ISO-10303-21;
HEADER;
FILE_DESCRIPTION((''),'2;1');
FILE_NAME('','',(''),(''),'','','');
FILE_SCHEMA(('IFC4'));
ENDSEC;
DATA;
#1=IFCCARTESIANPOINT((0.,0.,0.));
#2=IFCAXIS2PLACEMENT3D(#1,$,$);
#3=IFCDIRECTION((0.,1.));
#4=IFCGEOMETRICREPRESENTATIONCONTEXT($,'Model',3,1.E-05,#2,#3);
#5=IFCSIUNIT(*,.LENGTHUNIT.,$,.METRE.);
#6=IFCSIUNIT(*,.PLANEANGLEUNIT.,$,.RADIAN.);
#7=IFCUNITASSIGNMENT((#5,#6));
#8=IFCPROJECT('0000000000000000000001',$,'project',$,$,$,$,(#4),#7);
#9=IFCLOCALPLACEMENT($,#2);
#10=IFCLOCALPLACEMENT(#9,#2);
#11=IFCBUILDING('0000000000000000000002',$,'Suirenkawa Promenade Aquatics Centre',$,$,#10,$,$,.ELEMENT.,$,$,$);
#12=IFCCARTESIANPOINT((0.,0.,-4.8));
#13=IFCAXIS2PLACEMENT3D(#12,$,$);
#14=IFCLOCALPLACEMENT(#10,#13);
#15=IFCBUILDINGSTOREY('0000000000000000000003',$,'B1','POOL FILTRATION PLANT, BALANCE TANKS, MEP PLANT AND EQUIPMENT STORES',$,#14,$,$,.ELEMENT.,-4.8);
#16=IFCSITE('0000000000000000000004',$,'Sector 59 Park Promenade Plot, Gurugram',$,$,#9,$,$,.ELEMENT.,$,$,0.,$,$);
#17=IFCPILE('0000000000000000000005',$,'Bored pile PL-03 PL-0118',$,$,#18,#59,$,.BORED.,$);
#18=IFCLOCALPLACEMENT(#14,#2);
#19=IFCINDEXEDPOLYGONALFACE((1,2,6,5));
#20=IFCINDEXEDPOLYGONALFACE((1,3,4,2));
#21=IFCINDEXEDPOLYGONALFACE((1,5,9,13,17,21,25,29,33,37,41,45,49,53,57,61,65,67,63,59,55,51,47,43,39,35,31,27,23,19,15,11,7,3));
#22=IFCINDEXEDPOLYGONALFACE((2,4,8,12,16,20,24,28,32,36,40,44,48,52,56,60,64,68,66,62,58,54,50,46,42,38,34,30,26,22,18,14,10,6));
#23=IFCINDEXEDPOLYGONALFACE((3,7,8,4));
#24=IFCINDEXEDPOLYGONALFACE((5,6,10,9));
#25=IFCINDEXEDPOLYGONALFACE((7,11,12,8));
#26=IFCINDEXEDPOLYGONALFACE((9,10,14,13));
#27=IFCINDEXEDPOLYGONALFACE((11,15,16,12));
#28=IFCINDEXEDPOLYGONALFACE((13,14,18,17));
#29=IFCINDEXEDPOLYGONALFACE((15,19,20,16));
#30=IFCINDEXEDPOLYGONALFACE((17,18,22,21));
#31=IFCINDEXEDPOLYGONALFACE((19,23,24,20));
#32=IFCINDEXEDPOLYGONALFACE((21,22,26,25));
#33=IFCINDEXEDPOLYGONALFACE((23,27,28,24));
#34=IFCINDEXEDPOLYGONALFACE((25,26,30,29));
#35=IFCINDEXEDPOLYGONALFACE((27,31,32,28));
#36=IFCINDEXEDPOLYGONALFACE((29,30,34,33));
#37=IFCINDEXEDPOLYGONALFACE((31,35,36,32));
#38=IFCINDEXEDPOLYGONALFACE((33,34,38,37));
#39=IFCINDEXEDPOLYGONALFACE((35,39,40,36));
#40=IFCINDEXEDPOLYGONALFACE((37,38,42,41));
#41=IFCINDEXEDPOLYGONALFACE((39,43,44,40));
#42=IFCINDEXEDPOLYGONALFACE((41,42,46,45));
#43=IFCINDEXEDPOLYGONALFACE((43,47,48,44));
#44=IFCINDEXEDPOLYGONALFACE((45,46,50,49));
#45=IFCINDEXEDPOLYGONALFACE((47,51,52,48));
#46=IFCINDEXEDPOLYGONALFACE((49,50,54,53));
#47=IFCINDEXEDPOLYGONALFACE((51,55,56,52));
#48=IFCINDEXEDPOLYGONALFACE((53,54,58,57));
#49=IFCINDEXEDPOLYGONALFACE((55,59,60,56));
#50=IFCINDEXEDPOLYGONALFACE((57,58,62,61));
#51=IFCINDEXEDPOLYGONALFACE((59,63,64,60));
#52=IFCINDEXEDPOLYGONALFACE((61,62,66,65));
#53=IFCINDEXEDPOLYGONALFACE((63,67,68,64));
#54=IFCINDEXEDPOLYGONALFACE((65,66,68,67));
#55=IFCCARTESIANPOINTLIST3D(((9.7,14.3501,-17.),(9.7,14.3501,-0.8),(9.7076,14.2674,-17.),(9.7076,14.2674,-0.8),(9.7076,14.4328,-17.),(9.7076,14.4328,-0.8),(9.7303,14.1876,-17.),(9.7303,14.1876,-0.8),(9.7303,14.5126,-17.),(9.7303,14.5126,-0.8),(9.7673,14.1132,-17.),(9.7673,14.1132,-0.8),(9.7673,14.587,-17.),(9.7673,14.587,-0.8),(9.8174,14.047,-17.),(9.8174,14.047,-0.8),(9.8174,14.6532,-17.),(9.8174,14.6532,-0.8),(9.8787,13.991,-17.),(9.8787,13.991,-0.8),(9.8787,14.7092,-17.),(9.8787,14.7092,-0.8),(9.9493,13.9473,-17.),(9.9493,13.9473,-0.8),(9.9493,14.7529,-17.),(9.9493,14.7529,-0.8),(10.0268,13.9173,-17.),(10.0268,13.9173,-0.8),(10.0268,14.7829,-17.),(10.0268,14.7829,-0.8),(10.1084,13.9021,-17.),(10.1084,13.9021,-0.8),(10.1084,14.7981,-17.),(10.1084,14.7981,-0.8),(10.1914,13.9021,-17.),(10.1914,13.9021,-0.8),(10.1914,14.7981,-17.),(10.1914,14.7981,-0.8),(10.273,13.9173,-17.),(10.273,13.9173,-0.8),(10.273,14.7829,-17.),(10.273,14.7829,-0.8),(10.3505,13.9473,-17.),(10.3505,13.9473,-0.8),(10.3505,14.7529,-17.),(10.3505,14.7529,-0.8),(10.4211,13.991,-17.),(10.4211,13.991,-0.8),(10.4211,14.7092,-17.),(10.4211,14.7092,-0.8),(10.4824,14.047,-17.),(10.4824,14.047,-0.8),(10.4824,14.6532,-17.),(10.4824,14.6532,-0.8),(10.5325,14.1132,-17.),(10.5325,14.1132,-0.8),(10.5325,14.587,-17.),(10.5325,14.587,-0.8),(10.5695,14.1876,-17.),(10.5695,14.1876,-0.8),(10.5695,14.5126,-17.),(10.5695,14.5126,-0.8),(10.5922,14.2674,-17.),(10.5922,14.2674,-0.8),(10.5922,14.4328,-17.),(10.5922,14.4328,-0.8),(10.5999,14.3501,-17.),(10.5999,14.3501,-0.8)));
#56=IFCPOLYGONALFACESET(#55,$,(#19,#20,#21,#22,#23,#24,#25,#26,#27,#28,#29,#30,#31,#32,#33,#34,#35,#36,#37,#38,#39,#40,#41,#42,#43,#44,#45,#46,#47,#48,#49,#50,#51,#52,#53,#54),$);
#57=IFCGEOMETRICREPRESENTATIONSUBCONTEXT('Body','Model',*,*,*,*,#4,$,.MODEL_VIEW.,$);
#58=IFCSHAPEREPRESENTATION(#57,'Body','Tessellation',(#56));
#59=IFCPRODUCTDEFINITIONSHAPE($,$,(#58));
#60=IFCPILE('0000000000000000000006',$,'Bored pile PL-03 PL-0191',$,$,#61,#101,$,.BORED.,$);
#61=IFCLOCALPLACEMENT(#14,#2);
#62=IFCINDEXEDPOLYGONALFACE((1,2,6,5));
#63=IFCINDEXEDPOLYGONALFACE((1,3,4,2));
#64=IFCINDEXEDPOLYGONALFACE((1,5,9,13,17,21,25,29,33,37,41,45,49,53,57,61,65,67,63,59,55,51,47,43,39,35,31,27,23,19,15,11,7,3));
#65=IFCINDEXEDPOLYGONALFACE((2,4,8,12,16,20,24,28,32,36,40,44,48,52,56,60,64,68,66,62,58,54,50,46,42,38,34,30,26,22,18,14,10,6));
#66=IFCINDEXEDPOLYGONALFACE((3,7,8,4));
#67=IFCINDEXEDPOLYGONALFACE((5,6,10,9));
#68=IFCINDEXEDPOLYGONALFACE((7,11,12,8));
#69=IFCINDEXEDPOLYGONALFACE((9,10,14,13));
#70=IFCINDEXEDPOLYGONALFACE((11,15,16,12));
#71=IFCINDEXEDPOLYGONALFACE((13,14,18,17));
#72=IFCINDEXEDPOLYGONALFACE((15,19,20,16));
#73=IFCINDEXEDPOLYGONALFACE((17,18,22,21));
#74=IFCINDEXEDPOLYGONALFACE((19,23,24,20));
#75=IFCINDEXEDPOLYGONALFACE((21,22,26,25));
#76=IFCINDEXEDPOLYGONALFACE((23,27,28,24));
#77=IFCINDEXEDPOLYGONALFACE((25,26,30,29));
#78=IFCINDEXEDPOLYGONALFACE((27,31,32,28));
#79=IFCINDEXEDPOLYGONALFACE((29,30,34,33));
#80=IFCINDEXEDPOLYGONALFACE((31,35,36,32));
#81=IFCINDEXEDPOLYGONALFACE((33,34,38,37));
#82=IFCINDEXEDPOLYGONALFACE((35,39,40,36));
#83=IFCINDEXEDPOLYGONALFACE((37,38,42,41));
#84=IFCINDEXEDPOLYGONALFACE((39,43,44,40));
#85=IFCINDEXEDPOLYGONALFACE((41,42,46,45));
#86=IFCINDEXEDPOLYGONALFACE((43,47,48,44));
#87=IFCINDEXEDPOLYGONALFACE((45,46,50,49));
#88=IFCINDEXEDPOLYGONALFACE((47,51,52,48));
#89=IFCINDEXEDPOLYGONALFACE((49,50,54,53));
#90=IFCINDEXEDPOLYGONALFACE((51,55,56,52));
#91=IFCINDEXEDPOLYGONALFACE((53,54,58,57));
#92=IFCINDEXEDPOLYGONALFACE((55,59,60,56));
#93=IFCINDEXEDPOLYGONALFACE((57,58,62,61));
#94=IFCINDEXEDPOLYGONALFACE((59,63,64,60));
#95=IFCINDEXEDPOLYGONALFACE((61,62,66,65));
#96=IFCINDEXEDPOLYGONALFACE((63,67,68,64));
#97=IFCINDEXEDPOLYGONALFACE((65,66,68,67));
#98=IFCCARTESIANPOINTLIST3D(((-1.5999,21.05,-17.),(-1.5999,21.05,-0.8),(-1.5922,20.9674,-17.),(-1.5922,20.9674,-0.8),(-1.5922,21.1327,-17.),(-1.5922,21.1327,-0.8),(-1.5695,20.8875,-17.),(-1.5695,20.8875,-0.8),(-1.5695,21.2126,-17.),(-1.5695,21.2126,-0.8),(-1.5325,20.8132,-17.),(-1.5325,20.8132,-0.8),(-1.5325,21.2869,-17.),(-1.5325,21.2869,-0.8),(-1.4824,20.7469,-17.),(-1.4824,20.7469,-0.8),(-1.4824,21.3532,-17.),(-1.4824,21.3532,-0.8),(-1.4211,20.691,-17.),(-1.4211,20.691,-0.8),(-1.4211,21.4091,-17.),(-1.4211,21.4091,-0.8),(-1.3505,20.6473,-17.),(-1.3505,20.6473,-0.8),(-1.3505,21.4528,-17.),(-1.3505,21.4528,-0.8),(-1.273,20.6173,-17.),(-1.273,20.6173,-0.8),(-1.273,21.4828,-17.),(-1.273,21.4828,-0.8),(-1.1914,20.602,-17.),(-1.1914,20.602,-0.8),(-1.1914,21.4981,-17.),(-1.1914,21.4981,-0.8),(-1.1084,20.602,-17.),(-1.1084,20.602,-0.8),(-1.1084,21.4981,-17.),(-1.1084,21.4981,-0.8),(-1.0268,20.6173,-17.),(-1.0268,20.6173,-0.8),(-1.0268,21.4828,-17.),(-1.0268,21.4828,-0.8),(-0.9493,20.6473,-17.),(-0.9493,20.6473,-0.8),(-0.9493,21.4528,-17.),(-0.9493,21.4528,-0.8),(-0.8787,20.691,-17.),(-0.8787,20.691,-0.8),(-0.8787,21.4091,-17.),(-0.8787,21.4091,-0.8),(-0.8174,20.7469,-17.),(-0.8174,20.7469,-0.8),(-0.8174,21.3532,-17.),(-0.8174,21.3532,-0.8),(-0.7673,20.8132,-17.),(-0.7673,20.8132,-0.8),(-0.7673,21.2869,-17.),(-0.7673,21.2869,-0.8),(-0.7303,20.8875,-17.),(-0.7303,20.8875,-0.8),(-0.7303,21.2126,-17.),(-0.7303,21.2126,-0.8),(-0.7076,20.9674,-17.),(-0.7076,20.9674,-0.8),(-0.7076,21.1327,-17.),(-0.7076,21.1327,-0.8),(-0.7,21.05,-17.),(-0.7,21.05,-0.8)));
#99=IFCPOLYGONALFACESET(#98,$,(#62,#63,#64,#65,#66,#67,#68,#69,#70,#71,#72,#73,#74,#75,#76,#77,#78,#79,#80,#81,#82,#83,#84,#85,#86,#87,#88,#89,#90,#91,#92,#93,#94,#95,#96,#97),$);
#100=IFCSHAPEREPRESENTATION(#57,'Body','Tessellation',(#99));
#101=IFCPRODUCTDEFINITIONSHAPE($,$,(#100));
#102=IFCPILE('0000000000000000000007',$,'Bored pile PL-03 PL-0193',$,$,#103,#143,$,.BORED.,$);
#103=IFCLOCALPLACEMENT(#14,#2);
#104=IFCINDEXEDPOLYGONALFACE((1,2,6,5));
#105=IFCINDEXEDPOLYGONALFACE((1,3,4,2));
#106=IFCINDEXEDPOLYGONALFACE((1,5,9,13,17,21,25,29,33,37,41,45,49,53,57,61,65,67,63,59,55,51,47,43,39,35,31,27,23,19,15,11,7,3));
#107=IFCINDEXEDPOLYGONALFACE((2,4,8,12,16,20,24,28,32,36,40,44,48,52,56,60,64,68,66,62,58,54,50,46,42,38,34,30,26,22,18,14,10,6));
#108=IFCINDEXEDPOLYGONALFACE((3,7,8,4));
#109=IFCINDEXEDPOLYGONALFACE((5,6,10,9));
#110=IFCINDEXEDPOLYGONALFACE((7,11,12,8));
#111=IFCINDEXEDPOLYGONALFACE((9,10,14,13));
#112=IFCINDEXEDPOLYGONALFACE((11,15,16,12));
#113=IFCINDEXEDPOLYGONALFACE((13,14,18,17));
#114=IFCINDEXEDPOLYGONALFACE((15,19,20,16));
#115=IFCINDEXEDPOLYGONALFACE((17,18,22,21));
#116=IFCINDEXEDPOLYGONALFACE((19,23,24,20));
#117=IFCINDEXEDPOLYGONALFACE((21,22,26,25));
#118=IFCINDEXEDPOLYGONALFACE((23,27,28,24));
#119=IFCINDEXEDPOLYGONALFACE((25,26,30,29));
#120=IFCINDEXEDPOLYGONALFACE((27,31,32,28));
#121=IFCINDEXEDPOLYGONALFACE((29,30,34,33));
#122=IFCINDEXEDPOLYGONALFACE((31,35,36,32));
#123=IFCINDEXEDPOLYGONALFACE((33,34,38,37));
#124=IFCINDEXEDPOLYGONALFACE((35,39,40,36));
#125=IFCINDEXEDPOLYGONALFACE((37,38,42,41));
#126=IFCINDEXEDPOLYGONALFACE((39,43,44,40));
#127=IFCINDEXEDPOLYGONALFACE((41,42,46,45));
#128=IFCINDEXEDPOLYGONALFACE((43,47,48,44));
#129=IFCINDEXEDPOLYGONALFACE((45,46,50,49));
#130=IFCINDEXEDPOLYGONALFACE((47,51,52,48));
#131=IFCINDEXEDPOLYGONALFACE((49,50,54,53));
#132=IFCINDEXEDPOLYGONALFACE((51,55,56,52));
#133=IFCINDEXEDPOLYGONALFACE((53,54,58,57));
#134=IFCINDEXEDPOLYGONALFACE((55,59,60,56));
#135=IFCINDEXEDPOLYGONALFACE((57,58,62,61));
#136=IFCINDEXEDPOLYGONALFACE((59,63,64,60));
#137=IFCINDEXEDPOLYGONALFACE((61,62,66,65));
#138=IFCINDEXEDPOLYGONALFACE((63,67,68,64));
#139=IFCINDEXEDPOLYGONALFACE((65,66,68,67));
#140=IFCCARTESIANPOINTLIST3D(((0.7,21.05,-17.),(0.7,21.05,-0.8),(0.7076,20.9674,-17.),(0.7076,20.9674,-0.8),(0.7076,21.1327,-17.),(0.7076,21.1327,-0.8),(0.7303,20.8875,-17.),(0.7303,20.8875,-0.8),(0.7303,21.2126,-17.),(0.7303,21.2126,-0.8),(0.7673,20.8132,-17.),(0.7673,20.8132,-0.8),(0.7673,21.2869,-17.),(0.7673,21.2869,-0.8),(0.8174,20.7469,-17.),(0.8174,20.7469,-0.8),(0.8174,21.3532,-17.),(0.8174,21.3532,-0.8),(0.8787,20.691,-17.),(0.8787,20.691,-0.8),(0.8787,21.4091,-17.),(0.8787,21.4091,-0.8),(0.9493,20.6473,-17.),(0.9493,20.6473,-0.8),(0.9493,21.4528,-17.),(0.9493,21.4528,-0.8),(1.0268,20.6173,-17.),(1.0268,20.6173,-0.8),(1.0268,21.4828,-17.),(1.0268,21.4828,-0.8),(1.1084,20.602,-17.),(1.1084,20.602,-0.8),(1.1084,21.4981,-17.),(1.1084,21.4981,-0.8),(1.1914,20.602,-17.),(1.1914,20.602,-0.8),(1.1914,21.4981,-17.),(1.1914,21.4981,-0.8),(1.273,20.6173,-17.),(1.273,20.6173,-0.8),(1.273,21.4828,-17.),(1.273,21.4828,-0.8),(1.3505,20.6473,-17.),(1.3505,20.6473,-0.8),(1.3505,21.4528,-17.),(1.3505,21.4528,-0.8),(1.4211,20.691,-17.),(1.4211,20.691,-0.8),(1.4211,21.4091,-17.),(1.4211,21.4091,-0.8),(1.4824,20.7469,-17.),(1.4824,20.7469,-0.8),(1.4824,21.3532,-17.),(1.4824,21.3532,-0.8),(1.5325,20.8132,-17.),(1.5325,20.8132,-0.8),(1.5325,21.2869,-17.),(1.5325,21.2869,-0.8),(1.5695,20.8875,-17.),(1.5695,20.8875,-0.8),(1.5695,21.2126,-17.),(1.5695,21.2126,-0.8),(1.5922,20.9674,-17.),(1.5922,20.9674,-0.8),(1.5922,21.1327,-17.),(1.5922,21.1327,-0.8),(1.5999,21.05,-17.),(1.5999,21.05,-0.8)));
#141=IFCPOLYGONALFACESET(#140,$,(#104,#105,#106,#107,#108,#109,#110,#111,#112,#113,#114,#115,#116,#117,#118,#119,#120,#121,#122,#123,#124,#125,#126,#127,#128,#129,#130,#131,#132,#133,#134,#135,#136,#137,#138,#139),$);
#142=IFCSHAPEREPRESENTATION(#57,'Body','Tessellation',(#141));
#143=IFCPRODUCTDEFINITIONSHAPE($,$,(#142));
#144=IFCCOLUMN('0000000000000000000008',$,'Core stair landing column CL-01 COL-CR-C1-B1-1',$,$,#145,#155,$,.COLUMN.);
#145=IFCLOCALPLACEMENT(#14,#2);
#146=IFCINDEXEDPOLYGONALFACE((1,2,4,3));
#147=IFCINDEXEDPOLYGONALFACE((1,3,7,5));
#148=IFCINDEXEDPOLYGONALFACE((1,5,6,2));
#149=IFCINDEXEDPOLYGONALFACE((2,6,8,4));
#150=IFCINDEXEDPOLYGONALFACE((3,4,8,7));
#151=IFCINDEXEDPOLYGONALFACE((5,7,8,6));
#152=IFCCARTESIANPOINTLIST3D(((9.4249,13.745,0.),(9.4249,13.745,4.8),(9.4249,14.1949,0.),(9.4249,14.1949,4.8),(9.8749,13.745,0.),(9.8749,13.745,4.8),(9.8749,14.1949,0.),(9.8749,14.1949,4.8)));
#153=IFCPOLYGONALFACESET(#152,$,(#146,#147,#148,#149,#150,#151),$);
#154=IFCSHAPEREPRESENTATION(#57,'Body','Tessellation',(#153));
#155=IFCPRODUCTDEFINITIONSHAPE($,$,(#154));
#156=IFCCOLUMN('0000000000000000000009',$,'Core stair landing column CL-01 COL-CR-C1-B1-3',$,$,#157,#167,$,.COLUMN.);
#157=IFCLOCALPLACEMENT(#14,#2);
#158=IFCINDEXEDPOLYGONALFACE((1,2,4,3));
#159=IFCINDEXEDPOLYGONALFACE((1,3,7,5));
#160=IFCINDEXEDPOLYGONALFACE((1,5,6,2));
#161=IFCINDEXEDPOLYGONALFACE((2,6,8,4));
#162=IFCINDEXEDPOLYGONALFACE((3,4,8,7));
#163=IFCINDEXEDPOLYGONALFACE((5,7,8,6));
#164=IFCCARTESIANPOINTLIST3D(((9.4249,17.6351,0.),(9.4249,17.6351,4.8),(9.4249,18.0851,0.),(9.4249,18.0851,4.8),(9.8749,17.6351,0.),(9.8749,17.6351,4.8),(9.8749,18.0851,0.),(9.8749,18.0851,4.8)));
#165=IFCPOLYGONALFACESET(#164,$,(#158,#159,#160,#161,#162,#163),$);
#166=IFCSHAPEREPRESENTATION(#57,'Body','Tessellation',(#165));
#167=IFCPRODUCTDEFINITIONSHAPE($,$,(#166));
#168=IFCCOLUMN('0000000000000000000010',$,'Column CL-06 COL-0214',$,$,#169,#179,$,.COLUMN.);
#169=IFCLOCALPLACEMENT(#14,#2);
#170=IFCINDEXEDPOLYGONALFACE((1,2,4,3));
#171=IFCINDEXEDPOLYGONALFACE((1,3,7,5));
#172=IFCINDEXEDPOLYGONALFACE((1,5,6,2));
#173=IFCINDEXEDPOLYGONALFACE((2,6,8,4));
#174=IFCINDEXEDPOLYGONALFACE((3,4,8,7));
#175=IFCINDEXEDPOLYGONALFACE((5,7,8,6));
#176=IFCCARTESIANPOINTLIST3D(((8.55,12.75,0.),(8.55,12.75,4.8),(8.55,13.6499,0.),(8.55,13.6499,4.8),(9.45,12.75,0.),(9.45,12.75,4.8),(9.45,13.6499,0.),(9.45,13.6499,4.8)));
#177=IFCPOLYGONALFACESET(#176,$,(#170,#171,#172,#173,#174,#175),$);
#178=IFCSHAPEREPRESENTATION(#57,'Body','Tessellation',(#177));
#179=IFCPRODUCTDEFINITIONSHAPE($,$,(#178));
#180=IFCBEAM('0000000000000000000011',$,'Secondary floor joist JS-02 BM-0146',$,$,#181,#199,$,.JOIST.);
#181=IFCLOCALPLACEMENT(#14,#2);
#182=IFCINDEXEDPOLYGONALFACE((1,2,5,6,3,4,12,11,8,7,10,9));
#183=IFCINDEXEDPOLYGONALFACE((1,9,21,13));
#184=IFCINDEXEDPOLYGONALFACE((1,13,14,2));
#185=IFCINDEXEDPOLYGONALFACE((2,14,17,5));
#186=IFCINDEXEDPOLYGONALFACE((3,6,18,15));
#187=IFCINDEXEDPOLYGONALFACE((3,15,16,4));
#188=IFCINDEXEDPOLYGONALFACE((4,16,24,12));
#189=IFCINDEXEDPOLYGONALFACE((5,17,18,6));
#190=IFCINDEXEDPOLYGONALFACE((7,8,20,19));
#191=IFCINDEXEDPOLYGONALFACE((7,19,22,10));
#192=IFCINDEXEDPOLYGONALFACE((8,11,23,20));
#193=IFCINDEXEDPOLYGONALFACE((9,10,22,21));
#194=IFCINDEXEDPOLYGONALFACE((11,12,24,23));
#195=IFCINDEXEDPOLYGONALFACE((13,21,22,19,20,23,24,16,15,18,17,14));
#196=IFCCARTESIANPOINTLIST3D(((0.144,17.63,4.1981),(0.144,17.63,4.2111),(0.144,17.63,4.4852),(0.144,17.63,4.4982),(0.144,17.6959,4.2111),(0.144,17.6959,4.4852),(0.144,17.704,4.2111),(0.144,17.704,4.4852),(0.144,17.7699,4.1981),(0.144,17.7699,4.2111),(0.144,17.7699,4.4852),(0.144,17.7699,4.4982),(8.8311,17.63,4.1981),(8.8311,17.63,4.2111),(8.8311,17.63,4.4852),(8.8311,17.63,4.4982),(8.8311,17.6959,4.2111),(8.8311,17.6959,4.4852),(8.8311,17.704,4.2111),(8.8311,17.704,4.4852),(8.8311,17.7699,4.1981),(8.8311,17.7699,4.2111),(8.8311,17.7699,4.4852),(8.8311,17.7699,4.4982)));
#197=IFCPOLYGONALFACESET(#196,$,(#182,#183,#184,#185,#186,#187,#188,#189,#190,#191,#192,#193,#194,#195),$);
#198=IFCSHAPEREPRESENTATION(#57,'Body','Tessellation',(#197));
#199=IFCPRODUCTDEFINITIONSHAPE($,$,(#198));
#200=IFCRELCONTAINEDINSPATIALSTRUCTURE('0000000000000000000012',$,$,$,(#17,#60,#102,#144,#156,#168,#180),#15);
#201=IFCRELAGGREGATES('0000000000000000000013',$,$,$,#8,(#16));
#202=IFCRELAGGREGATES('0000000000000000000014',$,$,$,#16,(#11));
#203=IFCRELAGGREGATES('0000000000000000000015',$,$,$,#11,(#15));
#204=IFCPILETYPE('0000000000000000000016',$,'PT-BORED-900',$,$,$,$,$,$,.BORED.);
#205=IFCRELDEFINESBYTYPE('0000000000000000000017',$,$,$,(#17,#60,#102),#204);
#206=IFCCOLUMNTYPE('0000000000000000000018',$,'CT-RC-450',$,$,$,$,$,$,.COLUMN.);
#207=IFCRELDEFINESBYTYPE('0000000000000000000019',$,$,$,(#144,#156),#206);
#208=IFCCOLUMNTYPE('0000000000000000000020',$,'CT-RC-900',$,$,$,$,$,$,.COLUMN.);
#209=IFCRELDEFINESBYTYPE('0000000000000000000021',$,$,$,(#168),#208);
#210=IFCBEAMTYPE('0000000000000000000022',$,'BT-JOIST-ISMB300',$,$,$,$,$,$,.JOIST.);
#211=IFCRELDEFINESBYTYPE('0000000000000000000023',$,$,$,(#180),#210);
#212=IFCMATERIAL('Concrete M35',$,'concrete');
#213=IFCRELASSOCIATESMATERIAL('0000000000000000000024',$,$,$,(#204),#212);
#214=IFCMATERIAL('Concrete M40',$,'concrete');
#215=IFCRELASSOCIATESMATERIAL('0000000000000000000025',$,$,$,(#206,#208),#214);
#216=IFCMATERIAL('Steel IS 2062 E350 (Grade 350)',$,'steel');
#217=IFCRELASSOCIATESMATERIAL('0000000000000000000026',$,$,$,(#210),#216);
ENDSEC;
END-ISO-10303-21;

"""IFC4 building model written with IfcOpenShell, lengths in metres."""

from ifc_helpers import new_model, si_unit, direction, frame, origin, origin_2d, place, context, subcontext, project, spatial, rectangle, circle, i_section, extrude, material, material_profile, profile_set, type_object, element, save


model = new_model("IFC4")

# Units and contexts
model_context = context("Model", 3, precision=1e-05, world=origin(), true_north=direction((0.0, 1.0)))
body_context = subcontext(model_context, "Body", "Model", "MODEL_VIEW")
ifc_project = project(units=[si_unit("LENGTHUNIT", "METRE"), si_unit("PLANEANGLEUNIT", "RADIAN")], contexts=[model_context])

# Site, building, storey
site_placement = place(None, origin())
site = spatial("IfcSite", under=ifc_project, at=site_placement, Name="Sector 59 Park Promenade Plot, Gurugram", CompositionType="ELEMENT", RefElevation=0.0)
building_placement = place(site_placement, origin())
building = spatial("IfcBuilding", under=site, at=building_placement, Name="Suirenkawa Promenade Aquatics Centre", CompositionType="ELEMENT")
storey_placement = place(building_placement, frame((0.0, 0.0, -4.8)))
storey = spatial("IfcBuildingStorey", under=building, at=storey_placement, Name="B1", Description="POOL FILTRATION PLANT, BALANCE TANKS, MEP PLANT AND EQUIPMENT STORES", CompositionType="ELEMENT", Elevation=-4.8)

# Shared definitions
ifc_material_1 = material(Name="Concrete M35", Category="concrete")

# Piles
ifc_material_profile_1 = material_profile(ifc_material_1, circle(Radius=0.45, at=origin_2d()), Name="PILE D900", Category="concrete")
ifc_profile_set_1 = profile_set([ifc_material_profile_1], Name="Concrete M35")
pile_type = type_object("IfcPileType", Name="PT-BORED-900", PredefinedType="BORED", material=ifc_profile_set_1)
for number, where, z_axis, x_axis, name in (
    (1, (10.1499, 14.3501, -0.8), (0.0, 0.0, -1.0), (1.0, 0.0, 0.0), "Bored pile PL-03 PL-0118"),
    (2, (-1.1499, 21.05, -0.8), (0.0, 0.0, -1.0), (1.0, 0.0, 0.0), "Bored pile PL-03 PL-0191"),
    (3, (1.1499, 21.05, -0.8), (0.0, 0.0, -1.0), (1.0, 0.0, 0.0), "Bored pile PL-03 PL-0193"),
):
    element("IfcPile", number, at=place(storey_placement, frame(where, z_axis=z_axis, x_axis=x_axis)), inside=storey, type_object=pile_type, Name=name, PredefinedType="BORED", context=body_context, shape_type="SweptSolid", body=[
        extrude(circle(Radius=0.45, at=origin_2d()), origin(), (0.0, 0.0, 1.0), 16.2),
    ])

# Columns
ifc_material_2 = material(Name="Concrete M40", Category="concrete")
ifc_material_profile_2 = material_profile(ifc_material_2, rectangle(XDim=0.45, YDim=0.45, at=origin_2d()), Name="RC COL 450x450", Category="concrete")
ifc_profile_set_2 = profile_set([ifc_material_profile_2], Name="Concrete M40")
column_type_1 = type_object("IfcColumnType", Name="CT-RC-450", PredefinedType="COLUMN", material=ifc_profile_set_2)
for number, where, z_axis, x_axis, name in (
    (4, (9.6499, 13.97, 0.0), (0.0, 0.0, 1.0), (1.0, 0.0, 0.0), "Core stair landing column CL-01 COL-CR-C1-B1-1"),
    (5, (9.6499, 17.8601, 0.0), (0.0, 0.0, 1.0), (1.0, 0.0, 0.0), "Core stair landing column CL-01 COL-CR-C1-B1-3"),
):
    element("IfcColumn", number, at=place(storey_placement, frame(where, z_axis=z_axis, x_axis=x_axis)), inside=storey, type_object=column_type_1, Name=name, PredefinedType="COLUMN", context=body_context, shape_type="SweptSolid", body=[
        extrude(rectangle(XDim=0.45, YDim=0.45, at=origin_2d()), origin(), (0.0, 0.0, 1.0), 4.8),
    ])
ifc_material_profile_3 = material_profile(ifc_material_2, rectangle(XDim=0.8999, YDim=0.8999, at=origin_2d()), Name="RC COL 900x900", Category="concrete")
ifc_profile_set_3 = profile_set([ifc_material_profile_3], Name="Concrete M40")
column_type_2 = type_object("IfcColumnType", Name="CT-RC-900", PredefinedType="COLUMN", material=ifc_profile_set_3)
column_placement = place(storey_placement, frame((9.0, 13.2, 0.0), z_axis=(0.0, 0.0, 1.0), x_axis=(1.0, 0.0, 0.0)))
element("IfcColumn", 6, at=column_placement, inside=storey, type_object=column_type_2, Name="Column CL-06 COL-0214", PredefinedType="COLUMN", context=body_context, shape_type="SweptSolid", body=[
    extrude(rectangle(XDim=0.8999, YDim=0.8999, at=origin_2d()), origin(), (0.0, 0.0, 1.0), 4.8),
])

# Beam
ifc_material_3 = material(Name="Steel IS 2062 E350 (Grade 350)", Category="steel")
ifc_material_profile_4 = material_profile(ifc_material_3, i_section(OverallWidth=0.1399, OverallDepth=0.3, WebThickness=0.0081, FlangeThickness=0.0129, at=origin_2d()), Name="ISMB 300", Category="steel")
ifc_profile_set_4 = profile_set([ifc_material_profile_4], Name="Steel IS 2062 E350 (Grade 350)")
beam_type_1 = type_object("IfcBeamType", Name="BT-JOIST-ISMB300", PredefinedType="JOIST", material=ifc_profile_set_4)
beam_1_placement = place(storey_placement, frame((0.144, 17.7, 4.3481), z_axis=(1.0, 0.0, 0.0), x_axis=(0.0, 1.0, 0.0)))
element("IfcBeam", 7, at=beam_1_placement, inside=storey, type_object=beam_type_1, Name="Secondary floor joist JS-02 BM-0146", PredefinedType="JOIST", context=body_context, shape_type="SweptSolid", body=[
    extrude(i_section(OverallWidth=0.1399, OverallDepth=0.3, WebThickness=0.0081, FlangeThickness=0.0129, at=origin_2d()), origin(), (0.0, 0.0, 1.0), 8.687),
])

save(model, "model.ifc")
